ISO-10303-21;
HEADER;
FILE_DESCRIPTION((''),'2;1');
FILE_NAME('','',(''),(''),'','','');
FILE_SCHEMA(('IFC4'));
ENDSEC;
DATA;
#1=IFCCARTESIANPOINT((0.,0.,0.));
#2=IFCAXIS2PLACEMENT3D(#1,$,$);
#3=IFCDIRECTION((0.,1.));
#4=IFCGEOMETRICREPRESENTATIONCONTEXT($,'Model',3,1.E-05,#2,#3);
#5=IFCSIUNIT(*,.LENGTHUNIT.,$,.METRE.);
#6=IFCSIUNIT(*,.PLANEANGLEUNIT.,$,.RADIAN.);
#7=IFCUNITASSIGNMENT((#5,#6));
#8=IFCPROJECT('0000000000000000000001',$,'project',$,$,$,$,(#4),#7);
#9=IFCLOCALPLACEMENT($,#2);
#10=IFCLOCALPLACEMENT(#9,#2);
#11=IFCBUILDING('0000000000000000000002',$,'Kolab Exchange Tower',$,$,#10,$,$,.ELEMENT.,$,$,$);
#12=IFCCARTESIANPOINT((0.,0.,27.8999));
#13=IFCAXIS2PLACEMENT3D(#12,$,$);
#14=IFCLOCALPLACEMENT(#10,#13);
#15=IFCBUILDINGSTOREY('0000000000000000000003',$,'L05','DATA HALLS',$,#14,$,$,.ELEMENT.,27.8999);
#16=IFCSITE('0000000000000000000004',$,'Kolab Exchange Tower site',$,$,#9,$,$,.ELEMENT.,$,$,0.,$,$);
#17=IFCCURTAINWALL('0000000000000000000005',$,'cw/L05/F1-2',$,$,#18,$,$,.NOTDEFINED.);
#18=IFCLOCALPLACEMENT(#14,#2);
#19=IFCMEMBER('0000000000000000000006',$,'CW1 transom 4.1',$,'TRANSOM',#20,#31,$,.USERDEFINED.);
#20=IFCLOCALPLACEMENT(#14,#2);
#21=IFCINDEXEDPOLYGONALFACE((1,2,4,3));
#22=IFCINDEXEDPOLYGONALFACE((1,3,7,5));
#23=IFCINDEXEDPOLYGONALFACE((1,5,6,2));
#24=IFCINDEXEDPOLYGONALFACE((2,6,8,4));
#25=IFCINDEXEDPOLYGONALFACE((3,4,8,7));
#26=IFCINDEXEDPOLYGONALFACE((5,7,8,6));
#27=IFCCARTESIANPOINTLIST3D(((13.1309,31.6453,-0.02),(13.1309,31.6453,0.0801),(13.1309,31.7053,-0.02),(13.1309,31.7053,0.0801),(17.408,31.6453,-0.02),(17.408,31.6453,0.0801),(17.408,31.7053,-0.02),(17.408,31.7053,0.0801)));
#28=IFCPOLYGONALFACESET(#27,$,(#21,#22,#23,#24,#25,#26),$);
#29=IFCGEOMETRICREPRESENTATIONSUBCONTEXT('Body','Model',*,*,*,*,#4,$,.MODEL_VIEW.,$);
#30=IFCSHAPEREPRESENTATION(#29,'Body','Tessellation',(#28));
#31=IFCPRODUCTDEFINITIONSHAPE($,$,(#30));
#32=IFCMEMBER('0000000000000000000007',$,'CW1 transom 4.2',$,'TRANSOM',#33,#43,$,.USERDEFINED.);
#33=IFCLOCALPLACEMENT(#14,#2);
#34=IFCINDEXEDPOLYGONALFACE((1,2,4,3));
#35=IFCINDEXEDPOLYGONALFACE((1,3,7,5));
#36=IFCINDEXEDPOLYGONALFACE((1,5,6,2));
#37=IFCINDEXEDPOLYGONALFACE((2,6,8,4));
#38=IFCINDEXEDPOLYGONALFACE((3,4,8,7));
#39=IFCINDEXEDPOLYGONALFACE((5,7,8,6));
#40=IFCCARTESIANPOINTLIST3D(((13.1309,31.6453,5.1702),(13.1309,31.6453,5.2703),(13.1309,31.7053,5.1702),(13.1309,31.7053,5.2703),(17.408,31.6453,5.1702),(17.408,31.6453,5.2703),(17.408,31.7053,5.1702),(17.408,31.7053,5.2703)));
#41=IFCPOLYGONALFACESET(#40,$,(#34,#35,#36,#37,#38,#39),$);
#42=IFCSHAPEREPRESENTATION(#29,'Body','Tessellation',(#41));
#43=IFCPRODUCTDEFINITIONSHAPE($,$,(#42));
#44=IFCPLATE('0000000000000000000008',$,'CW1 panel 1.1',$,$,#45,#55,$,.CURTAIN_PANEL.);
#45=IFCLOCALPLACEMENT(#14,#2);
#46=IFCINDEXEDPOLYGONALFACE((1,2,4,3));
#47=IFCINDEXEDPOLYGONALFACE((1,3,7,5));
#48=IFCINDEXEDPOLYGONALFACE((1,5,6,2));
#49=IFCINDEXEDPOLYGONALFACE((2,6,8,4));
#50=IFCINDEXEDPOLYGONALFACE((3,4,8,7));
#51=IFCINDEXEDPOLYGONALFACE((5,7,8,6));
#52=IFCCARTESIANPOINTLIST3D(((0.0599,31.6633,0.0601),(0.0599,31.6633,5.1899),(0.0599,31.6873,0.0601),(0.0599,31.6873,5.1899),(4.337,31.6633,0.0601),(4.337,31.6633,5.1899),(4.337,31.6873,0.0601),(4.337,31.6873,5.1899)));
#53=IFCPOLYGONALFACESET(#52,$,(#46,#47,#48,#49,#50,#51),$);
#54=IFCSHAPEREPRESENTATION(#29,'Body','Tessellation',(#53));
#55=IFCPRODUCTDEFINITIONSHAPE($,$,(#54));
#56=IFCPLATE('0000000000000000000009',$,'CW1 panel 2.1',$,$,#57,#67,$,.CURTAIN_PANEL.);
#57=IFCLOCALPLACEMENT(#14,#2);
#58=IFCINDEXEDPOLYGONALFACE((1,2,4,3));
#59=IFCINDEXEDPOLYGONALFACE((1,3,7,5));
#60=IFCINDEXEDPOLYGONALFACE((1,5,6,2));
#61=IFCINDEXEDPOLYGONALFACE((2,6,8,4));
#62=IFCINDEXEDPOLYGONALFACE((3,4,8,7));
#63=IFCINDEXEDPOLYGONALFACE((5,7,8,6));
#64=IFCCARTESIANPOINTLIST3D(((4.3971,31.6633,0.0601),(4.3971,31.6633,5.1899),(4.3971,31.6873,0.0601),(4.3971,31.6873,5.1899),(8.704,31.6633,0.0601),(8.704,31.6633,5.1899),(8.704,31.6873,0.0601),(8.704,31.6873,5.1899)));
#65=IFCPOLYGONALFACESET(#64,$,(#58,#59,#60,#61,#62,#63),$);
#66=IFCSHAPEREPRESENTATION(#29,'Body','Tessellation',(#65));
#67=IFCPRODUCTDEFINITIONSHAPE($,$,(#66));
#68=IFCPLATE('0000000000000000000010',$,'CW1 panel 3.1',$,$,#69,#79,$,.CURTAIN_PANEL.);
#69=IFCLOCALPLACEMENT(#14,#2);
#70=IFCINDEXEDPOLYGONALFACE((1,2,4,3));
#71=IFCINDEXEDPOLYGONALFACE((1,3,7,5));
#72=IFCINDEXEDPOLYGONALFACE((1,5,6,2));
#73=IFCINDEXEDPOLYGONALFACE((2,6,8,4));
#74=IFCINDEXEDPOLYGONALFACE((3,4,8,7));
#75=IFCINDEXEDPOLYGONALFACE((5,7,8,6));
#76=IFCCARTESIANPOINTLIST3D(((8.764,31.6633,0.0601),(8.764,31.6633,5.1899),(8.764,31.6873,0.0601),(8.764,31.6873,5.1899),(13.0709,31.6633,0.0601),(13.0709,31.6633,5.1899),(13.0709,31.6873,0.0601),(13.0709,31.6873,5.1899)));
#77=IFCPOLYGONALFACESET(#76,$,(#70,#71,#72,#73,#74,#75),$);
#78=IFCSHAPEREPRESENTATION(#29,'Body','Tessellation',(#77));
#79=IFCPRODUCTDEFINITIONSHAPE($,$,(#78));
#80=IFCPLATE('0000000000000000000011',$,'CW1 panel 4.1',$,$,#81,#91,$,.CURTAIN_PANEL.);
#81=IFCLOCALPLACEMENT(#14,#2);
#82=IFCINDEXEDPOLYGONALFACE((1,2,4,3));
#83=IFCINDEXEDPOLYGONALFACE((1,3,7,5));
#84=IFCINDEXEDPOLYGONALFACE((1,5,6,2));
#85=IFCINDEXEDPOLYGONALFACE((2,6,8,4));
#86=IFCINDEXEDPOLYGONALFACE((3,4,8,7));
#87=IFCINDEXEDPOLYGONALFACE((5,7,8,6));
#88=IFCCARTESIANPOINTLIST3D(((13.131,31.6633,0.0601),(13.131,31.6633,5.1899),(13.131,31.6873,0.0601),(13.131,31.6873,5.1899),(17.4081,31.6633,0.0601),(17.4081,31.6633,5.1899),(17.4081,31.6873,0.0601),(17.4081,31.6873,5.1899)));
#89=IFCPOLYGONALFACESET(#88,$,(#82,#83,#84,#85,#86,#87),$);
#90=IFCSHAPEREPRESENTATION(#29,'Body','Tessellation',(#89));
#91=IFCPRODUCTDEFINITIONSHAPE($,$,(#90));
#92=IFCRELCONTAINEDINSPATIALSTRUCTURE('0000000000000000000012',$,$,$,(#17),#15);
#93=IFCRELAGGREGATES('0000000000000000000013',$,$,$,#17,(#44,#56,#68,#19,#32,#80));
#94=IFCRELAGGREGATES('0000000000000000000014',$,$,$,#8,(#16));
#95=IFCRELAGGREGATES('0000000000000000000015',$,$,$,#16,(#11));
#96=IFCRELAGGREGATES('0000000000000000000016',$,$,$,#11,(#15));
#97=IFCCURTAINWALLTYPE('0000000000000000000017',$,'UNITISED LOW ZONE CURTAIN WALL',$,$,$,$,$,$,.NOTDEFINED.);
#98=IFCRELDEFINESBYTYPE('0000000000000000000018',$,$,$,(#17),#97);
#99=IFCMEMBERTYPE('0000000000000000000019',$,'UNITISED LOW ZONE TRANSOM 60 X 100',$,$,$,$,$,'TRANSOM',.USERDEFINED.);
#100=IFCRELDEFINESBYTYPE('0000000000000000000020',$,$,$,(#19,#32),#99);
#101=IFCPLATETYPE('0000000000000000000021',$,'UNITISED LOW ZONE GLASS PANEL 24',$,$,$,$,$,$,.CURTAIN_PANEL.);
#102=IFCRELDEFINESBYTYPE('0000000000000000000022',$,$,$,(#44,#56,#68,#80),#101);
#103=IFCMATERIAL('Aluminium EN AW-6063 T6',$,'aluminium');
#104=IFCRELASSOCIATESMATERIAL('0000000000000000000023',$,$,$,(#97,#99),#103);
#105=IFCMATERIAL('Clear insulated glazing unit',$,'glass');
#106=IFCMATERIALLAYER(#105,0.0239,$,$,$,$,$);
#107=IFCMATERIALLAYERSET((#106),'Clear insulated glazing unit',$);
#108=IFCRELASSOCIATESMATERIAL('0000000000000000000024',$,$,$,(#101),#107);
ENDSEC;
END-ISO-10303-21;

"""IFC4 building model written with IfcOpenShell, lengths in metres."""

from ifc_helpers import new_model, si_unit, direction, frame, origin, origin_2d, place, context, subcontext, project, spatial, rectangle, extrude, material, layer, layer_set, material_profile, profile_set, type_object, element, aggregate, save


model = new_model("IFC4")

# Units and contexts
model_context = context("Model", 3, precision=1e-05, world=origin(), true_north=direction((0.0, 1.0)))
body_context = subcontext(model_context, "Body", "Model", "MODEL_VIEW")
ifc_project = project(units=[si_unit("LENGTHUNIT", "METRE"), si_unit("PLANEANGLEUNIT", "RADIAN")], contexts=[model_context])

# Site, building, storey
site_placement = place(None, origin())
site = spatial("IfcSite", under=ifc_project, at=site_placement, Name="Kolab Exchange Tower site", CompositionType="ELEMENT", RefElevation=0.0)
building_placement = place(site_placement, origin())
building = spatial("IfcBuilding", under=site, at=building_placement, Name="Kolab Exchange Tower", CompositionType="ELEMENT")
storey_placement = place(building_placement, frame((0.0, 0.0, 27.8999)))
storey = spatial("IfcBuildingStorey", under=building, at=storey_placement, Name="L05", Description="DATA HALLS", CompositionType="ELEMENT", Elevation=27.8999)

# Curtain wall, members, plates
ifc_material_1 = material(Name="Aluminium EN AW-6063 T6", Category="aluminium")
curtain_wall_type = type_object("IfcCurtainWallType", Name="UNITISED LOW ZONE CURTAIN WALL", PredefinedType="NOTDEFINED", material=ifc_material_1)
curtain_wall_placement = place(storey_placement, origin())
curtain_wall = element("IfcCurtainWall", 1, at=curtain_wall_placement, inside=storey, type_object=curtain_wall_type, Name="cw/L05/F1-2", PredefinedType="NOTDEFINED")
ifc_material_profile_1 = material_profile(ifc_material_1, rectangle(XDim=0.0601, YDim=0.1001, at=origin_2d()), Name="RECT 60X100")
ifc_profile_set_1 = profile_set([ifc_material_profile_1], Name="Aluminium EN AW-6063 T6")
member_type_1 = type_object("IfcMemberType", Name="UNITISED LOW ZONE TRANSOM 60 X 100", ElementType="TRANSOM", PredefinedType="USERDEFINED", material=ifc_profile_set_1)
member_1_placement = place(storey_placement, frame((13.1309, 31.6753, 0.03), z_axis=(1.0, 0.0, 0.0), x_axis=(0.0, 1.0, 0.0)))
member_1 = element("IfcMember", 2, at=member_1_placement, type_object=member_type_1, Name="CW1 transom 4.1", ObjectType="TRANSOM", PredefinedType="USERDEFINED", context=body_context, shape_type="SweptSolid", body=[
    extrude(rectangle(XDim=0.0601, YDim=0.1001, at=origin_2d()), origin(), (0.0, 0.0, 1.0), 4.2771),
])
member_2_placement = place(storey_placement, frame((13.1309, 31.6753, 5.2202), z_axis=(1.0, 0.0, 0.0), x_axis=(0.0, 1.0, 0.0)))
member_2 = element("IfcMember", 3, at=member_2_placement, type_object=member_type_1, Name="CW1 transom 4.2", ObjectType="TRANSOM", PredefinedType="USERDEFINED", context=body_context, shape_type="SweptSolid", body=[
    extrude(rectangle(XDim=0.0601, YDim=0.1001, at=origin_2d()), origin(), (0.0, 0.0, 1.0), 4.2771),
])
ifc_material_2 = material(Name="Clear insulated glazing unit", Category="glass")
ifc_layer = layer(ifc_material_2, 0.0239)
ifc_layer_set = layer_set([ifc_layer], Name="Clear insulated glazing unit")
plate_type = type_object("IfcPlateType", Name="UNITISED LOW ZONE GLASS PANEL 24", PredefinedType="CURTAIN_PANEL", material=ifc_layer_set)
plate_1_placement = place(storey_placement, frame((2.1985, 31.6753, 0.0601), z_axis=(0.0, 0.0, 1.0), x_axis=(1.0, 0.0, 0.0)))
plate_1 = element("IfcPlate", 4, at=plate_1_placement, type_object=plate_type, Name="CW1 panel 1.1", PredefinedType="CURTAIN_PANEL", context=body_context, shape_type="SweptSolid", body=[
    extrude(rectangle(XDim=4.2771, YDim=0.0239, at=origin_2d()), origin(), (0.0, 0.0, 1.0), 5.1299),
])
plate_2_placement = place(storey_placement, frame((6.5505, 31.6753, 0.0601), z_axis=(0.0, 0.0, 1.0), x_axis=(1.0, 0.0, 0.0)))
plate_2 = element("IfcPlate", 5, at=plate_2_placement, type_object=plate_type, Name="CW1 panel 2.1", PredefinedType="CURTAIN_PANEL", context=body_context, shape_type="SweptSolid", body=[
    extrude(rectangle(XDim=4.3069, YDim=0.0239, at=origin_2d()), origin(), (0.0, 0.0, 1.0), 5.1299),
])
plate_3_placement = place(storey_placement, frame((10.9175, 31.6753, 0.0601), z_axis=(0.0, 0.0, 1.0), x_axis=(1.0, 0.0, 0.0)))
plate_3 = element("IfcPlate", 6, at=plate_3_placement, type_object=plate_type, Name="CW1 panel 3.1", PredefinedType="CURTAIN_PANEL", context=body_context, shape_type="SweptSolid", body=[
    extrude(rectangle(XDim=4.3069, YDim=0.0239, at=origin_2d()), origin(), (0.0, 0.0, 1.0), 5.1299),
])
plate_4_placement = place(storey_placement, frame((15.2695, 31.6753, 0.0601), z_axis=(0.0, 0.0, 1.0), x_axis=(1.0, 0.0, 0.0)))
plate_4 = element("IfcPlate", 7, at=plate_4_placement, type_object=plate_type, Name="CW1 panel 4.1", PredefinedType="CURTAIN_PANEL", context=body_context, shape_type="SweptSolid", body=[
    extrude(rectangle(XDim=4.2771, YDim=0.0239, at=origin_2d()), origin(), (0.0, 0.0, 1.0), 5.1299),
])
aggregate(curtain_wall, [plate_1, plate_2, plate_3, member_1, member_2, plate_4])

save(model, "model.ifc")
